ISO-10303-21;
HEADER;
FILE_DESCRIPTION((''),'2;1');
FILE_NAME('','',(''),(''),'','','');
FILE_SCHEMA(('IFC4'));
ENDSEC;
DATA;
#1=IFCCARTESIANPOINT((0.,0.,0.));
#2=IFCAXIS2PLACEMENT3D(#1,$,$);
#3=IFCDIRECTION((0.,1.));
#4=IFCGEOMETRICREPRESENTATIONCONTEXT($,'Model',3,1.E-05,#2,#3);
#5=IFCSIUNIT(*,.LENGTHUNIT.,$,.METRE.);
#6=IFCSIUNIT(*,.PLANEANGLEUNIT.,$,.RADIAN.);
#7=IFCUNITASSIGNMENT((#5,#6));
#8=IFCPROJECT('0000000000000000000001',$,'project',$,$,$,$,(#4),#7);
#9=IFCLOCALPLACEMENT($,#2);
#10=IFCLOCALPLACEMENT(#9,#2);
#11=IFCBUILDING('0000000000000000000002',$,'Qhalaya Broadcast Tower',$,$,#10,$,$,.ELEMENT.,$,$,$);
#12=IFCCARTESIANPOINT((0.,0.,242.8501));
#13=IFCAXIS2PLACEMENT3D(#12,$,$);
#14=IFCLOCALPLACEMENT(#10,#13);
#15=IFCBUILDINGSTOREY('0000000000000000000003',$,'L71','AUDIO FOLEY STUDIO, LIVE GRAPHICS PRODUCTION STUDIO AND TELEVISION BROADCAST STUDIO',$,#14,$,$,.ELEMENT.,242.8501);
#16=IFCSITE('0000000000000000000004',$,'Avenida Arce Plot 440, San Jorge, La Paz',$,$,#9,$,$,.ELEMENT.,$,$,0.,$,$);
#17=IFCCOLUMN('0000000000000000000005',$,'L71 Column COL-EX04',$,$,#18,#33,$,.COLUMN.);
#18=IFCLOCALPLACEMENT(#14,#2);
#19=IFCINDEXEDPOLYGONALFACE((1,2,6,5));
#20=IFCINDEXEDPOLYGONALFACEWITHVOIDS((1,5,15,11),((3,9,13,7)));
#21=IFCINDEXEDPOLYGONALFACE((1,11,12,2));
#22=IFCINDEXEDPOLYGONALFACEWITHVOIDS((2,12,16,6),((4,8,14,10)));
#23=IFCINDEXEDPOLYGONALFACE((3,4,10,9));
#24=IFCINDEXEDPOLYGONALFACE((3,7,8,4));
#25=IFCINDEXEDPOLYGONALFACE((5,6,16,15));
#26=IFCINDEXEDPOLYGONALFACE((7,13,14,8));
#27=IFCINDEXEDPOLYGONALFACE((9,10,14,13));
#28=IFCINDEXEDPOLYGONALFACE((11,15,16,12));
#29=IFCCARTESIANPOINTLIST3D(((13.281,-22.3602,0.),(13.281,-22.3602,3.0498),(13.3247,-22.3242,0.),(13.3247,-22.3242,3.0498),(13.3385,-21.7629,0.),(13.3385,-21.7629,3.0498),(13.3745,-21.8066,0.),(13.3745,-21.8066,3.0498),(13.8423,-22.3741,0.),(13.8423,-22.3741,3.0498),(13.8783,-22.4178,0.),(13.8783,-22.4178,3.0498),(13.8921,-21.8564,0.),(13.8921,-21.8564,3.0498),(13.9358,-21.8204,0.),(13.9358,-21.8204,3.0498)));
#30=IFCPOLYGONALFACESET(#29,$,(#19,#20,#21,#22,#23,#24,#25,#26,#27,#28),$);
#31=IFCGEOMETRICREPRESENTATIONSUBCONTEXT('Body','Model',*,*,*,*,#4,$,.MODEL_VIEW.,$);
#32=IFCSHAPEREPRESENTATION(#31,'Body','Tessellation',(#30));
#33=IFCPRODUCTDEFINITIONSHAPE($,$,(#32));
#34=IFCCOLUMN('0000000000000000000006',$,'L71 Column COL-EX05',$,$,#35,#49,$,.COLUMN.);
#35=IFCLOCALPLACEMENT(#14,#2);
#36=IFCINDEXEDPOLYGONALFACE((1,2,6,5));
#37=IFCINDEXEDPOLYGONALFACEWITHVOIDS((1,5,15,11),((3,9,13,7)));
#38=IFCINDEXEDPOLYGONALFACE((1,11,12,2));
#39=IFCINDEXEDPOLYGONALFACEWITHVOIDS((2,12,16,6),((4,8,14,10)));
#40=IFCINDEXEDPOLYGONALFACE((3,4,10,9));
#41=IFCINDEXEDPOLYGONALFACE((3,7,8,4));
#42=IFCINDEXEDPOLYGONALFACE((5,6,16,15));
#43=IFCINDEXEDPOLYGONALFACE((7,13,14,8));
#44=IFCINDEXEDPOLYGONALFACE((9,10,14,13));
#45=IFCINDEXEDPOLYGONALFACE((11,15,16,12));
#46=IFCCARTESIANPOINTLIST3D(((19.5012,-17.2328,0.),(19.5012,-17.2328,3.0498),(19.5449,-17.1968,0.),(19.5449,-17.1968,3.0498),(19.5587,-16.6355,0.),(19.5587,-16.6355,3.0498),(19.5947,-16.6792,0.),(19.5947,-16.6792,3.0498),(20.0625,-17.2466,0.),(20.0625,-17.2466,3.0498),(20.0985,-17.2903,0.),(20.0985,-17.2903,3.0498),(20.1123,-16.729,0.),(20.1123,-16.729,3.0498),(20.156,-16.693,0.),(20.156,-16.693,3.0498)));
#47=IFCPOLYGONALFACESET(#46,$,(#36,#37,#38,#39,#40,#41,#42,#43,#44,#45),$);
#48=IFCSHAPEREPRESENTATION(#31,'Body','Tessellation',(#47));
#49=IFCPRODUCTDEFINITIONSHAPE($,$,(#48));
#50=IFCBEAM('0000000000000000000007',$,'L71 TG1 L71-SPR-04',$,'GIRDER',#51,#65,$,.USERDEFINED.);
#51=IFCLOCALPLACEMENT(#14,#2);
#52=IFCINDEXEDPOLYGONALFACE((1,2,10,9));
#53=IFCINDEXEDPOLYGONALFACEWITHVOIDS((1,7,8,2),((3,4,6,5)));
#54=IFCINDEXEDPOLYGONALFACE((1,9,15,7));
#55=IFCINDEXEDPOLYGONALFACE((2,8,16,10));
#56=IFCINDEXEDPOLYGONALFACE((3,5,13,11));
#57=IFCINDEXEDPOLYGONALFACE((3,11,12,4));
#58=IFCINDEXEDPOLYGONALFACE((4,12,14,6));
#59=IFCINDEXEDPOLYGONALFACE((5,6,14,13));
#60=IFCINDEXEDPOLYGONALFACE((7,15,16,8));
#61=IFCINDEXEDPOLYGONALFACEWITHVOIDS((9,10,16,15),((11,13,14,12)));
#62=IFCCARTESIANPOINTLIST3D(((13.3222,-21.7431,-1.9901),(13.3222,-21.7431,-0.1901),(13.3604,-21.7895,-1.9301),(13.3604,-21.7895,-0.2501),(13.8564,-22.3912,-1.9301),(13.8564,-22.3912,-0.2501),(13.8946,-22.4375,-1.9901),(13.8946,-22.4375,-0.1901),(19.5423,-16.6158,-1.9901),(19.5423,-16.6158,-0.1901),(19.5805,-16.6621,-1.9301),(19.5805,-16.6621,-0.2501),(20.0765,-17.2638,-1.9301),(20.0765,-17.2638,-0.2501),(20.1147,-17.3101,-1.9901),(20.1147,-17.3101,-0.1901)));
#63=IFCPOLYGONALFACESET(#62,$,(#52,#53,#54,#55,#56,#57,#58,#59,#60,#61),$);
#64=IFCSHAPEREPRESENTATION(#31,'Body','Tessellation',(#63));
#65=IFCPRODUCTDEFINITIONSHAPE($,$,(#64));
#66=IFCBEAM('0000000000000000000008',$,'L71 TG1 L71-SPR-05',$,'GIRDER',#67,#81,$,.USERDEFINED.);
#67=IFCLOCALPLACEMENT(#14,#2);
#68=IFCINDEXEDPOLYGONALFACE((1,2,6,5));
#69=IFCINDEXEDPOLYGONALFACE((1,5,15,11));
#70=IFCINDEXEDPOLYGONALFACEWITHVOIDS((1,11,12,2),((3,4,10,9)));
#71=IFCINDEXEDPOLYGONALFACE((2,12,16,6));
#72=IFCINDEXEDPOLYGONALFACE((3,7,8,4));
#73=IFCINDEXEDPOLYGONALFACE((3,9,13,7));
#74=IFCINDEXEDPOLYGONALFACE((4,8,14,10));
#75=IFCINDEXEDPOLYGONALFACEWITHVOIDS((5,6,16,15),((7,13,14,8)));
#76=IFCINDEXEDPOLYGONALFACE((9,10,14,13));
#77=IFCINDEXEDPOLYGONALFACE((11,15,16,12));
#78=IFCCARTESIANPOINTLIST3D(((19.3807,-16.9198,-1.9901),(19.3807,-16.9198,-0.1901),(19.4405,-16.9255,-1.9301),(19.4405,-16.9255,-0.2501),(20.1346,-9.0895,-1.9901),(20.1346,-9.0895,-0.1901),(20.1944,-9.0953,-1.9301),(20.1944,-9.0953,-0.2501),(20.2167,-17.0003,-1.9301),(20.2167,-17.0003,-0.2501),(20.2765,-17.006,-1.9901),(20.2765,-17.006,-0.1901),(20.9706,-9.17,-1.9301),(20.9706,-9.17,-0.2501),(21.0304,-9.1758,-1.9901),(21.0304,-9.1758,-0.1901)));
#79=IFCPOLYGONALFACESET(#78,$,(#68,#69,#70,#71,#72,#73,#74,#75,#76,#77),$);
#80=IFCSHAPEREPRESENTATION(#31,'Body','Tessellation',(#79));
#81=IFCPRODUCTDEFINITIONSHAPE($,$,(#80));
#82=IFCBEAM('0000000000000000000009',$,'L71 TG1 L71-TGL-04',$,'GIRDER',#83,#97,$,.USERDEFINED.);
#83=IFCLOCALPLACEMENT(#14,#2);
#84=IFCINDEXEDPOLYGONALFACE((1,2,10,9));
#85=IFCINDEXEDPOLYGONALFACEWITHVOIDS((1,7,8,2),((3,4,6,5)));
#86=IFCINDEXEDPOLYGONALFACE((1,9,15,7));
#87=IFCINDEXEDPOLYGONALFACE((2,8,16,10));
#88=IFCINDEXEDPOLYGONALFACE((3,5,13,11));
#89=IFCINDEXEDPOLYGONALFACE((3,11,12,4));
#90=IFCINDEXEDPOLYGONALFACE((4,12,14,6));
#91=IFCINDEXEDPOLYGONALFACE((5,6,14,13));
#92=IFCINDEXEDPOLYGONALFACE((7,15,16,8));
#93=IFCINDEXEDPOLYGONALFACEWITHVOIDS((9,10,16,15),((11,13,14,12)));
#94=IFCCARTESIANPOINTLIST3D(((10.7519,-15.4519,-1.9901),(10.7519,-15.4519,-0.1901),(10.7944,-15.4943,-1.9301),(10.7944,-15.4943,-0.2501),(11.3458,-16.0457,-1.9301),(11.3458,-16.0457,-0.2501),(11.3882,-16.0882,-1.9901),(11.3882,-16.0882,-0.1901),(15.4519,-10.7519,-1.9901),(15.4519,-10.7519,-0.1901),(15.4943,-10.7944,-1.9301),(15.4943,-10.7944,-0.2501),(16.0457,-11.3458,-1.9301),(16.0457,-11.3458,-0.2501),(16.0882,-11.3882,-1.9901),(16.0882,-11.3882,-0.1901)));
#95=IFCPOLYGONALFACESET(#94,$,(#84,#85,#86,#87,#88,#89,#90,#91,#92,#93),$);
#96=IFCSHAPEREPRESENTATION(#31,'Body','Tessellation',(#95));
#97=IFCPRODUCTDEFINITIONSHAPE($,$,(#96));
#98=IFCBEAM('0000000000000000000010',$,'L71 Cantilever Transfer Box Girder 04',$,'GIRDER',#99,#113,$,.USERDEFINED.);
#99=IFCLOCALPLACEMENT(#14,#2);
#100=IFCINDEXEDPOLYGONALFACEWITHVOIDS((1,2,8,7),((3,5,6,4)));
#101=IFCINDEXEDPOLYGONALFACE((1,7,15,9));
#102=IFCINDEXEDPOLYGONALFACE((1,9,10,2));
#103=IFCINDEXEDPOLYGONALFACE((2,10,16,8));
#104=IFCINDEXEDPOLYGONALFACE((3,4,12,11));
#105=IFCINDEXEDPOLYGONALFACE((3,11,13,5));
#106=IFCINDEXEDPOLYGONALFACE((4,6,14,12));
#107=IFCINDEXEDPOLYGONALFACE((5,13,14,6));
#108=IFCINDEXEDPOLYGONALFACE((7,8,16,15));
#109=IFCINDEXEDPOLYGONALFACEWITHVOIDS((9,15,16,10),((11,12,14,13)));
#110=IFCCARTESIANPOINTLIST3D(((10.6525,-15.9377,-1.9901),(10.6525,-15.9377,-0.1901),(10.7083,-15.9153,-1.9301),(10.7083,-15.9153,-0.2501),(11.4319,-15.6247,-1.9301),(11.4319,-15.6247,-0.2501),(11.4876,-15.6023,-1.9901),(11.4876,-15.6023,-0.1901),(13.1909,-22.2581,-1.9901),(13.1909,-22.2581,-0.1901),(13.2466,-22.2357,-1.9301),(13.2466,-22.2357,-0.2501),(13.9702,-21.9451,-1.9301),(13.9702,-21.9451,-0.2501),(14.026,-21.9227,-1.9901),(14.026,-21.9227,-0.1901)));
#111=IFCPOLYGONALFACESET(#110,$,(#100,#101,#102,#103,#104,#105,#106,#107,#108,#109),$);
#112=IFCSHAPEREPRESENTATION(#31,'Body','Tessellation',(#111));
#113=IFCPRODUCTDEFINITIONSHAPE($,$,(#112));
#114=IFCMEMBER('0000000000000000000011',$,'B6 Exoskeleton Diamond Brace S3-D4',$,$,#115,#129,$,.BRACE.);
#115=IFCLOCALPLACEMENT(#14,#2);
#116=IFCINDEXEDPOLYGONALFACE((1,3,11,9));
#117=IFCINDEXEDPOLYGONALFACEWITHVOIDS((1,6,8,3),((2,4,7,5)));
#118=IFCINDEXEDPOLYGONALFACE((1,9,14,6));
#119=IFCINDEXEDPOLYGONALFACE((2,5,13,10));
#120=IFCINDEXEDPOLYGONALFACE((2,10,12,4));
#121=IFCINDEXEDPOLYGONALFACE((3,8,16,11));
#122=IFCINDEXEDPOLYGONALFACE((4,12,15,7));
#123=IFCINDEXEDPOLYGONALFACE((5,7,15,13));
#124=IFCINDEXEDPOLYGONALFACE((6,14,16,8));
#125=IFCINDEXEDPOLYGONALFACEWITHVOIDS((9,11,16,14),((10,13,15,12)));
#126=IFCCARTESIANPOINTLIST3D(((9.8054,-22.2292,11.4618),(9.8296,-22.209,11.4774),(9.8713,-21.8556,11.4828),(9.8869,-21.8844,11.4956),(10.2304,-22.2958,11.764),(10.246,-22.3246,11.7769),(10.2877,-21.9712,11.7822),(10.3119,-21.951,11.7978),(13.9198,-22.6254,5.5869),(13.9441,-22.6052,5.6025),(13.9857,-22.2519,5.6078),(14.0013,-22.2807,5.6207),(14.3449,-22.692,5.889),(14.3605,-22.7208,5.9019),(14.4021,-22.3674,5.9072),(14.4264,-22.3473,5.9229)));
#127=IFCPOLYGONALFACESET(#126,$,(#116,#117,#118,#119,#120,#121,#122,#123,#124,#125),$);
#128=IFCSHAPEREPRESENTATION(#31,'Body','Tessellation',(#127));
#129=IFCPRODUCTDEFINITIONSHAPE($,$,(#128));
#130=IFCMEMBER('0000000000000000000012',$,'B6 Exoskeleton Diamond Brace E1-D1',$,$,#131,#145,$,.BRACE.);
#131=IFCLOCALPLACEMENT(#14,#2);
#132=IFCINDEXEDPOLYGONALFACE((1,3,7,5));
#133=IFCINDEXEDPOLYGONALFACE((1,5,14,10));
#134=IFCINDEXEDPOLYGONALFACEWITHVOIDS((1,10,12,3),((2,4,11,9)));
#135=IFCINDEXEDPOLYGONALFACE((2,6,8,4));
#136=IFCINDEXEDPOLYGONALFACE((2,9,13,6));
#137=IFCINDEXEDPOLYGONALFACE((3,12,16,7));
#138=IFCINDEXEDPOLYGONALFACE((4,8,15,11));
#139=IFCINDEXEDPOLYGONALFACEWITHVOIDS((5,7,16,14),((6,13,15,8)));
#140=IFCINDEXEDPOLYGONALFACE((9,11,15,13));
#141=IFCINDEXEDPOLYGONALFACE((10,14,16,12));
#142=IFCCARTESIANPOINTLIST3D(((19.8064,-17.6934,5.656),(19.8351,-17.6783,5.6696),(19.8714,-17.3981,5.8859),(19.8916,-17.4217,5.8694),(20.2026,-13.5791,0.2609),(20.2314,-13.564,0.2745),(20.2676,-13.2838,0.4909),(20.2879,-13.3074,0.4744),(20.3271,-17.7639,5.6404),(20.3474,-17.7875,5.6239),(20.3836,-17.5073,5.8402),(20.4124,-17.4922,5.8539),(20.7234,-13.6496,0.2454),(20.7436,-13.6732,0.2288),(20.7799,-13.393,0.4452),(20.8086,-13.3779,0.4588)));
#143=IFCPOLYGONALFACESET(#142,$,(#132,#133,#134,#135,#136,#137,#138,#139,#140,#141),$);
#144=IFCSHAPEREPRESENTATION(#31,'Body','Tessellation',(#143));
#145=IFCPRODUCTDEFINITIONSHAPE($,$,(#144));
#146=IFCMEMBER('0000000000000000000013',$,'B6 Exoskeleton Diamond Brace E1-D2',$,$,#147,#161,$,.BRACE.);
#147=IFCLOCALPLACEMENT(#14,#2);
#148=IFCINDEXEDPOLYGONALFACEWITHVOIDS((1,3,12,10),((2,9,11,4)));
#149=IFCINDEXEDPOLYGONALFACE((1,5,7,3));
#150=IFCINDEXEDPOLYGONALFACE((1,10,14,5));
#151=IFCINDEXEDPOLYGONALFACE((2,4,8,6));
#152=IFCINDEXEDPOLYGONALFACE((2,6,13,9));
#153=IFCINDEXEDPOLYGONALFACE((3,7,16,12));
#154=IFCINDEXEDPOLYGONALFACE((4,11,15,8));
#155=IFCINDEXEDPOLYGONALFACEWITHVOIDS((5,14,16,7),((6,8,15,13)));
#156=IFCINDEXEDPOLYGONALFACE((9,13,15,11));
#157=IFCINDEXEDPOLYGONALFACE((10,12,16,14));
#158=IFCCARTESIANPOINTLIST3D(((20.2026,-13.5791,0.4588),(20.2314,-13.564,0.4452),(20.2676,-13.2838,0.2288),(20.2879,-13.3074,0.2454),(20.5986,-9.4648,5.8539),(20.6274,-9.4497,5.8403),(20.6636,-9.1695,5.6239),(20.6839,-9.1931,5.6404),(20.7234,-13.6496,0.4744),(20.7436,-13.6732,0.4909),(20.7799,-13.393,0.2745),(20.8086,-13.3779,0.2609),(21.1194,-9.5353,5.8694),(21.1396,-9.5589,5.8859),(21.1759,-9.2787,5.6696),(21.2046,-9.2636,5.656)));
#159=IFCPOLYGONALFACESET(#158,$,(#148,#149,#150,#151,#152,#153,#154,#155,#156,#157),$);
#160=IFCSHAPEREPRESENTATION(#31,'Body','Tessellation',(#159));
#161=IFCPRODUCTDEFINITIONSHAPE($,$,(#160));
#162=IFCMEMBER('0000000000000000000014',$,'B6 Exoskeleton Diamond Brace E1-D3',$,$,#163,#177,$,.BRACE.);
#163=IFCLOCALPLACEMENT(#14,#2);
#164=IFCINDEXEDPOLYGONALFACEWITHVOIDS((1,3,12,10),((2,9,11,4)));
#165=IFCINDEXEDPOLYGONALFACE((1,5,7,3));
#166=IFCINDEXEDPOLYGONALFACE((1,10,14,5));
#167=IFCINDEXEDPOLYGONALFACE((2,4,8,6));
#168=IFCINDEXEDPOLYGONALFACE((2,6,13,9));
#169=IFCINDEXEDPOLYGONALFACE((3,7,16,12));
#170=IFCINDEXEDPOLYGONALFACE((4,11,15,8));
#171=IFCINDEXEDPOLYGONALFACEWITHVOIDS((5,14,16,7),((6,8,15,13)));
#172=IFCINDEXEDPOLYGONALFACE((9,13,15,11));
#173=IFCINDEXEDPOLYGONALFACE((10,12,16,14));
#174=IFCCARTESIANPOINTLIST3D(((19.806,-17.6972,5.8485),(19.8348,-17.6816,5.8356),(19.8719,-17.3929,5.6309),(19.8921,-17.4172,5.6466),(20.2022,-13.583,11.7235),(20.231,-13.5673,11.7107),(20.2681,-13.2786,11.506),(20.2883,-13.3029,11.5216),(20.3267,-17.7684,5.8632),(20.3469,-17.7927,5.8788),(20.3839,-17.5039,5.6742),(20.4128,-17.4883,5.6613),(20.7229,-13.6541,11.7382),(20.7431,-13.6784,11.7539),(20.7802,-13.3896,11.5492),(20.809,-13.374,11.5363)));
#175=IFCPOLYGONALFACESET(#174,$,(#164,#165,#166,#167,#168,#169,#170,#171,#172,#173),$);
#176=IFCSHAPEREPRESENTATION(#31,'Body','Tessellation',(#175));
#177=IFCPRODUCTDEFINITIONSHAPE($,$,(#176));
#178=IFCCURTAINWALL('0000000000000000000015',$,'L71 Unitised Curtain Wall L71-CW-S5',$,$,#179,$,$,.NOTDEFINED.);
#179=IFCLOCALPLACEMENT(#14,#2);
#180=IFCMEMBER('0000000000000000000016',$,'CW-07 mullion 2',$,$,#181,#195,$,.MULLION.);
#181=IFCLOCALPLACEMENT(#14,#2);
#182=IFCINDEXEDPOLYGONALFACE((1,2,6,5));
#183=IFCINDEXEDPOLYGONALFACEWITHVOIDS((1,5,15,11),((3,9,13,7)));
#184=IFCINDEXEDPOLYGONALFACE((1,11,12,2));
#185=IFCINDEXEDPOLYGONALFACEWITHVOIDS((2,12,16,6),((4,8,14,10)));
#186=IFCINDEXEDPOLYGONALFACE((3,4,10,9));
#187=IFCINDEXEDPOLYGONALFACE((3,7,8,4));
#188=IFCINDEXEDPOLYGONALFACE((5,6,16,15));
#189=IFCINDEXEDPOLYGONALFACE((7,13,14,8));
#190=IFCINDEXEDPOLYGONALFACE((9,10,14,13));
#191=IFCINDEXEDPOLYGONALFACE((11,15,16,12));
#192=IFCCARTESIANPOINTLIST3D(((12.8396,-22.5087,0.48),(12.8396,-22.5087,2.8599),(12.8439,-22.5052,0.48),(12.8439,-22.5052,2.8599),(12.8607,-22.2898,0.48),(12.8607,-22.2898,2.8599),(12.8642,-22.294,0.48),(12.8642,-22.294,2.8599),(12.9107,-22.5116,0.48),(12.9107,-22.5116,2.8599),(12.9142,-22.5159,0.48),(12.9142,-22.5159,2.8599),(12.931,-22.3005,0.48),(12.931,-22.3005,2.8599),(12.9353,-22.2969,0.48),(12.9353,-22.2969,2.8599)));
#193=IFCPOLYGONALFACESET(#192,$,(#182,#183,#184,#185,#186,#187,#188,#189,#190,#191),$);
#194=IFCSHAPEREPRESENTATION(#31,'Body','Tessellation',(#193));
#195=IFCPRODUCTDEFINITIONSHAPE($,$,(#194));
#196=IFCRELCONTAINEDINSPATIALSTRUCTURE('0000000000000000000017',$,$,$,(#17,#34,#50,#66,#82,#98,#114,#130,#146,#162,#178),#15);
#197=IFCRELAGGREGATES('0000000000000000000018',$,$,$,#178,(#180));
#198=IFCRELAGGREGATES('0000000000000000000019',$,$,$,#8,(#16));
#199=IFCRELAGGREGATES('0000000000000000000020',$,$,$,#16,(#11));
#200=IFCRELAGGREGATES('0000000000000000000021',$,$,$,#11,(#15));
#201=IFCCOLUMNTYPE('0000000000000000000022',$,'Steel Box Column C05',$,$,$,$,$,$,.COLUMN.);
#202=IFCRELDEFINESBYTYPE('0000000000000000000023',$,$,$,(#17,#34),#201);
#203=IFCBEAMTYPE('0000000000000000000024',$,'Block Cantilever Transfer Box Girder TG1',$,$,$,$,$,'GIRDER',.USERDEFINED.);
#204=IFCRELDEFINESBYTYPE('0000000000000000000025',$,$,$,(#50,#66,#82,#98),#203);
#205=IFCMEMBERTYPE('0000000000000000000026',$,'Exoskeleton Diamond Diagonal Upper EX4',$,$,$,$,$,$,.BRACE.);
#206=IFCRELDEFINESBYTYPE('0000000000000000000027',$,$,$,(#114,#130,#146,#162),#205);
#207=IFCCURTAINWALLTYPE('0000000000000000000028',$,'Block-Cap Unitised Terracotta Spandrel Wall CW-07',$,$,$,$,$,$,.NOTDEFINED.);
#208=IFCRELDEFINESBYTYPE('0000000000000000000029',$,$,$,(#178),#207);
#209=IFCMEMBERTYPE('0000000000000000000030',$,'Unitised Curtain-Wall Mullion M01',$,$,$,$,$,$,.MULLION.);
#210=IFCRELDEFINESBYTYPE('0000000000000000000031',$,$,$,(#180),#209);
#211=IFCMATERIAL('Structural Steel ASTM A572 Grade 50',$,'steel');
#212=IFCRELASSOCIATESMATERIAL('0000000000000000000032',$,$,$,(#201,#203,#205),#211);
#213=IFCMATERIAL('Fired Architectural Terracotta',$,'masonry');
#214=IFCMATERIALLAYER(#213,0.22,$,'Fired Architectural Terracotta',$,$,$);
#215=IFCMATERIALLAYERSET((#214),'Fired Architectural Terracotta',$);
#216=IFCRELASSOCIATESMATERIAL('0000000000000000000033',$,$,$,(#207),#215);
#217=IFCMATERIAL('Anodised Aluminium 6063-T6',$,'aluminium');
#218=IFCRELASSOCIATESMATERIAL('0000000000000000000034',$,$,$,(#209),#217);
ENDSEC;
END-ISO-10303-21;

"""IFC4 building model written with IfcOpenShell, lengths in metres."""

from ifc_helpers import new_model, si_unit, direction, frame, origin, origin_2d, place, context, subcontext, project, spatial, hollow_rectangle, extrude, material, layer, layer_set, material_profile, profile_set, type_object, element, aggregate, save


model = new_model("IFC4")

# Units and contexts
model_context = context("Model", 3, precision=1e-05, world=origin(), true_north=direction((0.0, 1.0)))
body_context = subcontext(model_context, "Body", "Model", "MODEL_VIEW")
ifc_project = project(units=[si_unit("LENGTHUNIT", "METRE"), si_unit("PLANEANGLEUNIT", "RADIAN")], contexts=[model_context])

# Site, building, storey
site_placement = place(None, origin())
site = spatial("IfcSite", under=ifc_project, at=site_placement, Name="Avenida Arce Plot 440, San Jorge, La Paz", CompositionType="ELEMENT", RefElevation=0.0)
building_placement = place(site_placement, origin())
building = spatial("IfcBuilding", under=site, at=building_placement, Name="Qhalaya Broadcast Tower", CompositionType="ELEMENT")
storey_placement = place(building_placement, frame((0.0, 0.0, 242.8501)))
storey = spatial("IfcBuildingStorey", under=building, at=storey_placement, Name="L71", Description="AUDIO FOLEY STUDIO, LIVE GRAPHICS PRODUCTION STUDIO AND TELEVISION BROADCAST STUDIO", CompositionType="ELEMENT", Elevation=242.8501)

# Columns
ifc_material_1 = material(Name="Structural Steel ASTM A572 Grade 50", Category="steel")
ifc_material_profile_1 = material_profile(ifc_material_1, hollow_rectangle(XDim=0.6001, YDim=0.6001, WallThickness=0.04, at=origin_2d()), Name="BOX 600x600x40")
ifc_profile_set_1 = profile_set([ifc_material_profile_1], Name="Structural Steel ASTM A572 Grade 50")
column_type = type_object("IfcColumnType", Name="Steel Box Column C05", PredefinedType="COLUMN", material=ifc_profile_set_1)
for number, where, z_axis, x_axis, name in (
    (1, (13.6084, -22.0903, 0.0), (0.0, 0.0, 1.0), (0.995396, -0.095846, 0.0), "L71 Column COL-EX04"),
    (2, (19.8286, -16.9629, 0.0), (0.0, 0.0, 1.0), (0.095846, 0.995396, 0.0), "L71 Column COL-EX05"),
):
    element("IfcColumn", number, at=place(storey_placement, frame(where, z_axis=z_axis, x_axis=x_axis)), inside=storey, type_object=column_type, Name=name, PredefinedType="COLUMN", context=body_context, shape_type="SweptSolid", body=[
        extrude(hollow_rectangle(XDim=0.6001, YDim=0.6001, WallThickness=0.04, at=origin_2d()), origin(), (0.0, 0.0, 1.0), 3.0498),
    ])

# Beams
ifc_material_profile_2 = material_profile(ifc_material_1, hollow_rectangle(XDim=0.8999, YDim=1.8, WallThickness=0.0601, at=origin_2d()), Name="BOX 900x1800x60")
ifc_profile_set_2 = profile_set([ifc_material_profile_2], Name="Structural Steel ASTM A572 Grade 50")
beam_type = type_object("IfcBeamType", Name="Block Cantilever Transfer Box Girder TG1", ElementType="GIRDER", PredefinedType="USERDEFINED", material=ifc_profile_set_2)
beam_1_placement = place(storey_placement, frame((13.6084, -22.0903, -1.0901), z_axis=(0.771631, 0.63607, 0.0), x_axis=(-0.63607, 0.771631, 0.0)))
element("IfcBeam", 3, at=beam_1_placement, inside=storey, type_object=beam_type, Name="L71 TG1 L71-SPR-04", ObjectType="GIRDER", PredefinedType="USERDEFINED", context=body_context, shape_type="SweptSolid", body=[
    extrude(hollow_rectangle(XDim=0.8999, YDim=1.8, WallThickness=0.0601, at=origin_2d()), origin(), (0.0, 0.0, 1.0), 8.061),
])
beam_2_placement = place(storey_placement, frame((19.8286, -16.9629, -1.0901), z_axis=(0.095837, 0.995397, 0.0), x_axis=(-0.995397, 0.095837, 0.0)))
element("IfcBeam", 4, at=beam_2_placement, inside=storey, type_object=beam_type, Name="L71 TG1 L71-SPR-05", ObjectType="GIRDER", PredefinedType="USERDEFINED", context=body_context, shape_type="SweptSolid", body=[
    extrude(hollow_rectangle(XDim=0.8999, YDim=1.8, WallThickness=0.0601, at=origin_2d()), origin(), (0.0, 0.0, 1.0), 7.8665),
])
beam_3_placement = place(storey_placement, frame((11.0701, -15.77, -1.0901), z_axis=(0.707107, 0.707107, 0.0), x_axis=(-0.707107, 0.707107, 0.0)))
element("IfcBeam", 5, at=beam_3_placement, inside=storey, type_object=beam_type, Name="L71 TG1 L71-TGL-04", ObjectType="GIRDER", PredefinedType="USERDEFINED", context=body_context, shape_type="SweptSolid", body=[
    extrude(hollow_rectangle(XDim=0.8999, YDim=1.8, WallThickness=0.0601, at=origin_2d()), origin(), (0.0, 0.0, 1.0), 6.6467),
])
beam_4_placement = place(storey_placement, frame((11.0701, -15.77, -1.0901), z_axis=(0.372682, -0.927959, 0.0), x_axis=(0.927959, 0.372682, 0.0)))
element("IfcBeam", 6, at=beam_4_placement, inside=storey, type_object=beam_type, Name="L71 Cantilever Transfer Box Girder 04", ObjectType="GIRDER", PredefinedType="USERDEFINED", context=body_context, shape_type="SweptSolid", body=[
    extrude(hollow_rectangle(XDim=0.8999, YDim=1.8, WallThickness=0.0601, at=origin_2d()), origin(), (0.0, 0.0, 1.0), 6.811),
])

# Members
ifc_material_profile_3 = material_profile(ifc_material_1, hollow_rectangle(XDim=0.3799, YDim=0.55, WallThickness=0.0249, at=origin_2d()), Name="BOX 380x550x25")
ifc_profile_set_3 = profile_set([ifc_material_profile_3], Name="Structural Steel ASTM A572 Grade 50")
member_type_1 = type_object("IfcMemberType", Name="Exoskeleton Diamond Diagonal Upper EX4", PredefinedType="BRACE", material=ifc_profile_set_3)
member_1_placement = place(storey_placement, frame((14.1731, -22.4863, 5.7549), z_axis=(-0.572776, 0.05516, 0.817854), x_axis=(-0.173445, -0.983298, -0.055152)))
element("IfcMember", 7, at=member_1_placement, inside=storey, type_object=member_type_1, Name="B6 Exoskeleton Diamond Brace S3-D4", PredefinedType="BRACE", context=body_context, shape_type="SweptSolid", body=[
    extrude(hollow_rectangle(XDim=0.3799, YDim=0.55, WallThickness=0.0249, at=origin_2d()), origin(), (0.0, 0.0, 1.0), 7.1833),
])
for number, where, z_axis, x_axis, name in (
    (8, (20.5056, -13.4785, 0.3599), (-0.058302, -0.605363, 0.793811), (0.171153, 0.777329, 0.605364), "B6 Exoskeleton Diamond Brace E1-D1"),
    (9, (20.5056, -13.4785, 0.3599), (0.058266, 0.605364, 0.793813), (-0.171108, -0.777341, 0.605362), "B6 Exoskeleton Diamond Brace E1-D2"),
):
    element("IfcMember", number, at=place(storey_placement, frame(where, z_axis=z_axis, x_axis=x_axis)), inside=storey, type_object=member_type_1, Name=name, PredefinedType="BRACE", context=body_context, shape_type="SweptSolid", body=[
        extrude(hollow_rectangle(XDim=0.3799, YDim=0.55, WallThickness=0.0249, at=origin_2d()), origin(), (0.0, 0.0, 1.0), 6.7964),
    ])
member_2_placement = place(storey_placement, frame((20.1094, -17.5928, 5.7549), z_axis=(0.055161, 0.572753, 0.81787), x_axis=(-0.173449, -0.801166, 0.572755)))
element("IfcMember", 10, at=member_2_placement, inside=storey, type_object=member_type_1, Name="B6 Exoskeleton Diamond Brace E1-D3", PredefinedType="BRACE", context=body_context, shape_type="SweptSolid", body=[
    extrude(hollow_rectangle(XDim=0.3799, YDim=0.55, WallThickness=0.0249, at=origin_2d()), origin(), (0.0, 0.0, 1.0), 7.1833),
])

# Curtain wall, member
ifc_material_2 = material(Name="Fired Architectural Terracotta", Category="masonry")
ifc_layer_1 = layer(ifc_material_2, 0.22, Name="Fired Architectural Terracotta")
ifc_layer_set_1 = layer_set([ifc_layer_1], Name="Fired Architectural Terracotta")
curtain_wall_type = type_object("IfcCurtainWallType", Name="Block-Cap Unitised Terracotta Spandrel Wall CW-07", PredefinedType="NOTDEFINED", material=ifc_layer_set_1)
curtain_wall_1_placement = place(storey_placement, origin())
curtain_wall_1 = element("IfcCurtainWall", 11, at=curtain_wall_1_placement, inside=storey, type_object=curtain_wall_type, Name="L71 Unitised Curtain Wall L71-CW-S5", PredefinedType="NOTDEFINED")
ifc_material_3 = material(Name="Anodised Aluminium 6063-T6", Category="aluminium")
ifc_material_profile_4 = material_profile(ifc_material_3, hollow_rectangle(XDim=0.075, YDim=0.22, WallThickness=0.0039, at=origin_2d()), Name="ALU-MUL 75x220x4")
ifc_profile_set_4 = profile_set([ifc_material_profile_4], Name="Anodised Aluminium 6063-T6")
member_type_2 = type_object("IfcMemberType", Name="Unitised Curtain-Wall Mullion M01", PredefinedType="MULLION", material=ifc_profile_set_4)
member_3_placement = place(storey_placement, frame((12.8875, -22.4028, 0.48), z_axis=(0.0, 0.0, 1.0), x_axis=(0.995396, -0.095848, 0.0)))
member_3 = element("IfcMember", 12, at=member_3_placement, type_object=member_type_2, Name="CW-07 mullion 2", PredefinedType="MULLION", context=body_context, shape_type="SweptSolid", body=[
    extrude(hollow_rectangle(XDim=0.075, YDim=0.22, WallThickness=0.0039, at=origin_2d()), origin(), (0.0, 0.0, 1.0), 2.3799),
])

aggregate(curtain_wall_1, [member_3])

save(model, "model.ifc")
